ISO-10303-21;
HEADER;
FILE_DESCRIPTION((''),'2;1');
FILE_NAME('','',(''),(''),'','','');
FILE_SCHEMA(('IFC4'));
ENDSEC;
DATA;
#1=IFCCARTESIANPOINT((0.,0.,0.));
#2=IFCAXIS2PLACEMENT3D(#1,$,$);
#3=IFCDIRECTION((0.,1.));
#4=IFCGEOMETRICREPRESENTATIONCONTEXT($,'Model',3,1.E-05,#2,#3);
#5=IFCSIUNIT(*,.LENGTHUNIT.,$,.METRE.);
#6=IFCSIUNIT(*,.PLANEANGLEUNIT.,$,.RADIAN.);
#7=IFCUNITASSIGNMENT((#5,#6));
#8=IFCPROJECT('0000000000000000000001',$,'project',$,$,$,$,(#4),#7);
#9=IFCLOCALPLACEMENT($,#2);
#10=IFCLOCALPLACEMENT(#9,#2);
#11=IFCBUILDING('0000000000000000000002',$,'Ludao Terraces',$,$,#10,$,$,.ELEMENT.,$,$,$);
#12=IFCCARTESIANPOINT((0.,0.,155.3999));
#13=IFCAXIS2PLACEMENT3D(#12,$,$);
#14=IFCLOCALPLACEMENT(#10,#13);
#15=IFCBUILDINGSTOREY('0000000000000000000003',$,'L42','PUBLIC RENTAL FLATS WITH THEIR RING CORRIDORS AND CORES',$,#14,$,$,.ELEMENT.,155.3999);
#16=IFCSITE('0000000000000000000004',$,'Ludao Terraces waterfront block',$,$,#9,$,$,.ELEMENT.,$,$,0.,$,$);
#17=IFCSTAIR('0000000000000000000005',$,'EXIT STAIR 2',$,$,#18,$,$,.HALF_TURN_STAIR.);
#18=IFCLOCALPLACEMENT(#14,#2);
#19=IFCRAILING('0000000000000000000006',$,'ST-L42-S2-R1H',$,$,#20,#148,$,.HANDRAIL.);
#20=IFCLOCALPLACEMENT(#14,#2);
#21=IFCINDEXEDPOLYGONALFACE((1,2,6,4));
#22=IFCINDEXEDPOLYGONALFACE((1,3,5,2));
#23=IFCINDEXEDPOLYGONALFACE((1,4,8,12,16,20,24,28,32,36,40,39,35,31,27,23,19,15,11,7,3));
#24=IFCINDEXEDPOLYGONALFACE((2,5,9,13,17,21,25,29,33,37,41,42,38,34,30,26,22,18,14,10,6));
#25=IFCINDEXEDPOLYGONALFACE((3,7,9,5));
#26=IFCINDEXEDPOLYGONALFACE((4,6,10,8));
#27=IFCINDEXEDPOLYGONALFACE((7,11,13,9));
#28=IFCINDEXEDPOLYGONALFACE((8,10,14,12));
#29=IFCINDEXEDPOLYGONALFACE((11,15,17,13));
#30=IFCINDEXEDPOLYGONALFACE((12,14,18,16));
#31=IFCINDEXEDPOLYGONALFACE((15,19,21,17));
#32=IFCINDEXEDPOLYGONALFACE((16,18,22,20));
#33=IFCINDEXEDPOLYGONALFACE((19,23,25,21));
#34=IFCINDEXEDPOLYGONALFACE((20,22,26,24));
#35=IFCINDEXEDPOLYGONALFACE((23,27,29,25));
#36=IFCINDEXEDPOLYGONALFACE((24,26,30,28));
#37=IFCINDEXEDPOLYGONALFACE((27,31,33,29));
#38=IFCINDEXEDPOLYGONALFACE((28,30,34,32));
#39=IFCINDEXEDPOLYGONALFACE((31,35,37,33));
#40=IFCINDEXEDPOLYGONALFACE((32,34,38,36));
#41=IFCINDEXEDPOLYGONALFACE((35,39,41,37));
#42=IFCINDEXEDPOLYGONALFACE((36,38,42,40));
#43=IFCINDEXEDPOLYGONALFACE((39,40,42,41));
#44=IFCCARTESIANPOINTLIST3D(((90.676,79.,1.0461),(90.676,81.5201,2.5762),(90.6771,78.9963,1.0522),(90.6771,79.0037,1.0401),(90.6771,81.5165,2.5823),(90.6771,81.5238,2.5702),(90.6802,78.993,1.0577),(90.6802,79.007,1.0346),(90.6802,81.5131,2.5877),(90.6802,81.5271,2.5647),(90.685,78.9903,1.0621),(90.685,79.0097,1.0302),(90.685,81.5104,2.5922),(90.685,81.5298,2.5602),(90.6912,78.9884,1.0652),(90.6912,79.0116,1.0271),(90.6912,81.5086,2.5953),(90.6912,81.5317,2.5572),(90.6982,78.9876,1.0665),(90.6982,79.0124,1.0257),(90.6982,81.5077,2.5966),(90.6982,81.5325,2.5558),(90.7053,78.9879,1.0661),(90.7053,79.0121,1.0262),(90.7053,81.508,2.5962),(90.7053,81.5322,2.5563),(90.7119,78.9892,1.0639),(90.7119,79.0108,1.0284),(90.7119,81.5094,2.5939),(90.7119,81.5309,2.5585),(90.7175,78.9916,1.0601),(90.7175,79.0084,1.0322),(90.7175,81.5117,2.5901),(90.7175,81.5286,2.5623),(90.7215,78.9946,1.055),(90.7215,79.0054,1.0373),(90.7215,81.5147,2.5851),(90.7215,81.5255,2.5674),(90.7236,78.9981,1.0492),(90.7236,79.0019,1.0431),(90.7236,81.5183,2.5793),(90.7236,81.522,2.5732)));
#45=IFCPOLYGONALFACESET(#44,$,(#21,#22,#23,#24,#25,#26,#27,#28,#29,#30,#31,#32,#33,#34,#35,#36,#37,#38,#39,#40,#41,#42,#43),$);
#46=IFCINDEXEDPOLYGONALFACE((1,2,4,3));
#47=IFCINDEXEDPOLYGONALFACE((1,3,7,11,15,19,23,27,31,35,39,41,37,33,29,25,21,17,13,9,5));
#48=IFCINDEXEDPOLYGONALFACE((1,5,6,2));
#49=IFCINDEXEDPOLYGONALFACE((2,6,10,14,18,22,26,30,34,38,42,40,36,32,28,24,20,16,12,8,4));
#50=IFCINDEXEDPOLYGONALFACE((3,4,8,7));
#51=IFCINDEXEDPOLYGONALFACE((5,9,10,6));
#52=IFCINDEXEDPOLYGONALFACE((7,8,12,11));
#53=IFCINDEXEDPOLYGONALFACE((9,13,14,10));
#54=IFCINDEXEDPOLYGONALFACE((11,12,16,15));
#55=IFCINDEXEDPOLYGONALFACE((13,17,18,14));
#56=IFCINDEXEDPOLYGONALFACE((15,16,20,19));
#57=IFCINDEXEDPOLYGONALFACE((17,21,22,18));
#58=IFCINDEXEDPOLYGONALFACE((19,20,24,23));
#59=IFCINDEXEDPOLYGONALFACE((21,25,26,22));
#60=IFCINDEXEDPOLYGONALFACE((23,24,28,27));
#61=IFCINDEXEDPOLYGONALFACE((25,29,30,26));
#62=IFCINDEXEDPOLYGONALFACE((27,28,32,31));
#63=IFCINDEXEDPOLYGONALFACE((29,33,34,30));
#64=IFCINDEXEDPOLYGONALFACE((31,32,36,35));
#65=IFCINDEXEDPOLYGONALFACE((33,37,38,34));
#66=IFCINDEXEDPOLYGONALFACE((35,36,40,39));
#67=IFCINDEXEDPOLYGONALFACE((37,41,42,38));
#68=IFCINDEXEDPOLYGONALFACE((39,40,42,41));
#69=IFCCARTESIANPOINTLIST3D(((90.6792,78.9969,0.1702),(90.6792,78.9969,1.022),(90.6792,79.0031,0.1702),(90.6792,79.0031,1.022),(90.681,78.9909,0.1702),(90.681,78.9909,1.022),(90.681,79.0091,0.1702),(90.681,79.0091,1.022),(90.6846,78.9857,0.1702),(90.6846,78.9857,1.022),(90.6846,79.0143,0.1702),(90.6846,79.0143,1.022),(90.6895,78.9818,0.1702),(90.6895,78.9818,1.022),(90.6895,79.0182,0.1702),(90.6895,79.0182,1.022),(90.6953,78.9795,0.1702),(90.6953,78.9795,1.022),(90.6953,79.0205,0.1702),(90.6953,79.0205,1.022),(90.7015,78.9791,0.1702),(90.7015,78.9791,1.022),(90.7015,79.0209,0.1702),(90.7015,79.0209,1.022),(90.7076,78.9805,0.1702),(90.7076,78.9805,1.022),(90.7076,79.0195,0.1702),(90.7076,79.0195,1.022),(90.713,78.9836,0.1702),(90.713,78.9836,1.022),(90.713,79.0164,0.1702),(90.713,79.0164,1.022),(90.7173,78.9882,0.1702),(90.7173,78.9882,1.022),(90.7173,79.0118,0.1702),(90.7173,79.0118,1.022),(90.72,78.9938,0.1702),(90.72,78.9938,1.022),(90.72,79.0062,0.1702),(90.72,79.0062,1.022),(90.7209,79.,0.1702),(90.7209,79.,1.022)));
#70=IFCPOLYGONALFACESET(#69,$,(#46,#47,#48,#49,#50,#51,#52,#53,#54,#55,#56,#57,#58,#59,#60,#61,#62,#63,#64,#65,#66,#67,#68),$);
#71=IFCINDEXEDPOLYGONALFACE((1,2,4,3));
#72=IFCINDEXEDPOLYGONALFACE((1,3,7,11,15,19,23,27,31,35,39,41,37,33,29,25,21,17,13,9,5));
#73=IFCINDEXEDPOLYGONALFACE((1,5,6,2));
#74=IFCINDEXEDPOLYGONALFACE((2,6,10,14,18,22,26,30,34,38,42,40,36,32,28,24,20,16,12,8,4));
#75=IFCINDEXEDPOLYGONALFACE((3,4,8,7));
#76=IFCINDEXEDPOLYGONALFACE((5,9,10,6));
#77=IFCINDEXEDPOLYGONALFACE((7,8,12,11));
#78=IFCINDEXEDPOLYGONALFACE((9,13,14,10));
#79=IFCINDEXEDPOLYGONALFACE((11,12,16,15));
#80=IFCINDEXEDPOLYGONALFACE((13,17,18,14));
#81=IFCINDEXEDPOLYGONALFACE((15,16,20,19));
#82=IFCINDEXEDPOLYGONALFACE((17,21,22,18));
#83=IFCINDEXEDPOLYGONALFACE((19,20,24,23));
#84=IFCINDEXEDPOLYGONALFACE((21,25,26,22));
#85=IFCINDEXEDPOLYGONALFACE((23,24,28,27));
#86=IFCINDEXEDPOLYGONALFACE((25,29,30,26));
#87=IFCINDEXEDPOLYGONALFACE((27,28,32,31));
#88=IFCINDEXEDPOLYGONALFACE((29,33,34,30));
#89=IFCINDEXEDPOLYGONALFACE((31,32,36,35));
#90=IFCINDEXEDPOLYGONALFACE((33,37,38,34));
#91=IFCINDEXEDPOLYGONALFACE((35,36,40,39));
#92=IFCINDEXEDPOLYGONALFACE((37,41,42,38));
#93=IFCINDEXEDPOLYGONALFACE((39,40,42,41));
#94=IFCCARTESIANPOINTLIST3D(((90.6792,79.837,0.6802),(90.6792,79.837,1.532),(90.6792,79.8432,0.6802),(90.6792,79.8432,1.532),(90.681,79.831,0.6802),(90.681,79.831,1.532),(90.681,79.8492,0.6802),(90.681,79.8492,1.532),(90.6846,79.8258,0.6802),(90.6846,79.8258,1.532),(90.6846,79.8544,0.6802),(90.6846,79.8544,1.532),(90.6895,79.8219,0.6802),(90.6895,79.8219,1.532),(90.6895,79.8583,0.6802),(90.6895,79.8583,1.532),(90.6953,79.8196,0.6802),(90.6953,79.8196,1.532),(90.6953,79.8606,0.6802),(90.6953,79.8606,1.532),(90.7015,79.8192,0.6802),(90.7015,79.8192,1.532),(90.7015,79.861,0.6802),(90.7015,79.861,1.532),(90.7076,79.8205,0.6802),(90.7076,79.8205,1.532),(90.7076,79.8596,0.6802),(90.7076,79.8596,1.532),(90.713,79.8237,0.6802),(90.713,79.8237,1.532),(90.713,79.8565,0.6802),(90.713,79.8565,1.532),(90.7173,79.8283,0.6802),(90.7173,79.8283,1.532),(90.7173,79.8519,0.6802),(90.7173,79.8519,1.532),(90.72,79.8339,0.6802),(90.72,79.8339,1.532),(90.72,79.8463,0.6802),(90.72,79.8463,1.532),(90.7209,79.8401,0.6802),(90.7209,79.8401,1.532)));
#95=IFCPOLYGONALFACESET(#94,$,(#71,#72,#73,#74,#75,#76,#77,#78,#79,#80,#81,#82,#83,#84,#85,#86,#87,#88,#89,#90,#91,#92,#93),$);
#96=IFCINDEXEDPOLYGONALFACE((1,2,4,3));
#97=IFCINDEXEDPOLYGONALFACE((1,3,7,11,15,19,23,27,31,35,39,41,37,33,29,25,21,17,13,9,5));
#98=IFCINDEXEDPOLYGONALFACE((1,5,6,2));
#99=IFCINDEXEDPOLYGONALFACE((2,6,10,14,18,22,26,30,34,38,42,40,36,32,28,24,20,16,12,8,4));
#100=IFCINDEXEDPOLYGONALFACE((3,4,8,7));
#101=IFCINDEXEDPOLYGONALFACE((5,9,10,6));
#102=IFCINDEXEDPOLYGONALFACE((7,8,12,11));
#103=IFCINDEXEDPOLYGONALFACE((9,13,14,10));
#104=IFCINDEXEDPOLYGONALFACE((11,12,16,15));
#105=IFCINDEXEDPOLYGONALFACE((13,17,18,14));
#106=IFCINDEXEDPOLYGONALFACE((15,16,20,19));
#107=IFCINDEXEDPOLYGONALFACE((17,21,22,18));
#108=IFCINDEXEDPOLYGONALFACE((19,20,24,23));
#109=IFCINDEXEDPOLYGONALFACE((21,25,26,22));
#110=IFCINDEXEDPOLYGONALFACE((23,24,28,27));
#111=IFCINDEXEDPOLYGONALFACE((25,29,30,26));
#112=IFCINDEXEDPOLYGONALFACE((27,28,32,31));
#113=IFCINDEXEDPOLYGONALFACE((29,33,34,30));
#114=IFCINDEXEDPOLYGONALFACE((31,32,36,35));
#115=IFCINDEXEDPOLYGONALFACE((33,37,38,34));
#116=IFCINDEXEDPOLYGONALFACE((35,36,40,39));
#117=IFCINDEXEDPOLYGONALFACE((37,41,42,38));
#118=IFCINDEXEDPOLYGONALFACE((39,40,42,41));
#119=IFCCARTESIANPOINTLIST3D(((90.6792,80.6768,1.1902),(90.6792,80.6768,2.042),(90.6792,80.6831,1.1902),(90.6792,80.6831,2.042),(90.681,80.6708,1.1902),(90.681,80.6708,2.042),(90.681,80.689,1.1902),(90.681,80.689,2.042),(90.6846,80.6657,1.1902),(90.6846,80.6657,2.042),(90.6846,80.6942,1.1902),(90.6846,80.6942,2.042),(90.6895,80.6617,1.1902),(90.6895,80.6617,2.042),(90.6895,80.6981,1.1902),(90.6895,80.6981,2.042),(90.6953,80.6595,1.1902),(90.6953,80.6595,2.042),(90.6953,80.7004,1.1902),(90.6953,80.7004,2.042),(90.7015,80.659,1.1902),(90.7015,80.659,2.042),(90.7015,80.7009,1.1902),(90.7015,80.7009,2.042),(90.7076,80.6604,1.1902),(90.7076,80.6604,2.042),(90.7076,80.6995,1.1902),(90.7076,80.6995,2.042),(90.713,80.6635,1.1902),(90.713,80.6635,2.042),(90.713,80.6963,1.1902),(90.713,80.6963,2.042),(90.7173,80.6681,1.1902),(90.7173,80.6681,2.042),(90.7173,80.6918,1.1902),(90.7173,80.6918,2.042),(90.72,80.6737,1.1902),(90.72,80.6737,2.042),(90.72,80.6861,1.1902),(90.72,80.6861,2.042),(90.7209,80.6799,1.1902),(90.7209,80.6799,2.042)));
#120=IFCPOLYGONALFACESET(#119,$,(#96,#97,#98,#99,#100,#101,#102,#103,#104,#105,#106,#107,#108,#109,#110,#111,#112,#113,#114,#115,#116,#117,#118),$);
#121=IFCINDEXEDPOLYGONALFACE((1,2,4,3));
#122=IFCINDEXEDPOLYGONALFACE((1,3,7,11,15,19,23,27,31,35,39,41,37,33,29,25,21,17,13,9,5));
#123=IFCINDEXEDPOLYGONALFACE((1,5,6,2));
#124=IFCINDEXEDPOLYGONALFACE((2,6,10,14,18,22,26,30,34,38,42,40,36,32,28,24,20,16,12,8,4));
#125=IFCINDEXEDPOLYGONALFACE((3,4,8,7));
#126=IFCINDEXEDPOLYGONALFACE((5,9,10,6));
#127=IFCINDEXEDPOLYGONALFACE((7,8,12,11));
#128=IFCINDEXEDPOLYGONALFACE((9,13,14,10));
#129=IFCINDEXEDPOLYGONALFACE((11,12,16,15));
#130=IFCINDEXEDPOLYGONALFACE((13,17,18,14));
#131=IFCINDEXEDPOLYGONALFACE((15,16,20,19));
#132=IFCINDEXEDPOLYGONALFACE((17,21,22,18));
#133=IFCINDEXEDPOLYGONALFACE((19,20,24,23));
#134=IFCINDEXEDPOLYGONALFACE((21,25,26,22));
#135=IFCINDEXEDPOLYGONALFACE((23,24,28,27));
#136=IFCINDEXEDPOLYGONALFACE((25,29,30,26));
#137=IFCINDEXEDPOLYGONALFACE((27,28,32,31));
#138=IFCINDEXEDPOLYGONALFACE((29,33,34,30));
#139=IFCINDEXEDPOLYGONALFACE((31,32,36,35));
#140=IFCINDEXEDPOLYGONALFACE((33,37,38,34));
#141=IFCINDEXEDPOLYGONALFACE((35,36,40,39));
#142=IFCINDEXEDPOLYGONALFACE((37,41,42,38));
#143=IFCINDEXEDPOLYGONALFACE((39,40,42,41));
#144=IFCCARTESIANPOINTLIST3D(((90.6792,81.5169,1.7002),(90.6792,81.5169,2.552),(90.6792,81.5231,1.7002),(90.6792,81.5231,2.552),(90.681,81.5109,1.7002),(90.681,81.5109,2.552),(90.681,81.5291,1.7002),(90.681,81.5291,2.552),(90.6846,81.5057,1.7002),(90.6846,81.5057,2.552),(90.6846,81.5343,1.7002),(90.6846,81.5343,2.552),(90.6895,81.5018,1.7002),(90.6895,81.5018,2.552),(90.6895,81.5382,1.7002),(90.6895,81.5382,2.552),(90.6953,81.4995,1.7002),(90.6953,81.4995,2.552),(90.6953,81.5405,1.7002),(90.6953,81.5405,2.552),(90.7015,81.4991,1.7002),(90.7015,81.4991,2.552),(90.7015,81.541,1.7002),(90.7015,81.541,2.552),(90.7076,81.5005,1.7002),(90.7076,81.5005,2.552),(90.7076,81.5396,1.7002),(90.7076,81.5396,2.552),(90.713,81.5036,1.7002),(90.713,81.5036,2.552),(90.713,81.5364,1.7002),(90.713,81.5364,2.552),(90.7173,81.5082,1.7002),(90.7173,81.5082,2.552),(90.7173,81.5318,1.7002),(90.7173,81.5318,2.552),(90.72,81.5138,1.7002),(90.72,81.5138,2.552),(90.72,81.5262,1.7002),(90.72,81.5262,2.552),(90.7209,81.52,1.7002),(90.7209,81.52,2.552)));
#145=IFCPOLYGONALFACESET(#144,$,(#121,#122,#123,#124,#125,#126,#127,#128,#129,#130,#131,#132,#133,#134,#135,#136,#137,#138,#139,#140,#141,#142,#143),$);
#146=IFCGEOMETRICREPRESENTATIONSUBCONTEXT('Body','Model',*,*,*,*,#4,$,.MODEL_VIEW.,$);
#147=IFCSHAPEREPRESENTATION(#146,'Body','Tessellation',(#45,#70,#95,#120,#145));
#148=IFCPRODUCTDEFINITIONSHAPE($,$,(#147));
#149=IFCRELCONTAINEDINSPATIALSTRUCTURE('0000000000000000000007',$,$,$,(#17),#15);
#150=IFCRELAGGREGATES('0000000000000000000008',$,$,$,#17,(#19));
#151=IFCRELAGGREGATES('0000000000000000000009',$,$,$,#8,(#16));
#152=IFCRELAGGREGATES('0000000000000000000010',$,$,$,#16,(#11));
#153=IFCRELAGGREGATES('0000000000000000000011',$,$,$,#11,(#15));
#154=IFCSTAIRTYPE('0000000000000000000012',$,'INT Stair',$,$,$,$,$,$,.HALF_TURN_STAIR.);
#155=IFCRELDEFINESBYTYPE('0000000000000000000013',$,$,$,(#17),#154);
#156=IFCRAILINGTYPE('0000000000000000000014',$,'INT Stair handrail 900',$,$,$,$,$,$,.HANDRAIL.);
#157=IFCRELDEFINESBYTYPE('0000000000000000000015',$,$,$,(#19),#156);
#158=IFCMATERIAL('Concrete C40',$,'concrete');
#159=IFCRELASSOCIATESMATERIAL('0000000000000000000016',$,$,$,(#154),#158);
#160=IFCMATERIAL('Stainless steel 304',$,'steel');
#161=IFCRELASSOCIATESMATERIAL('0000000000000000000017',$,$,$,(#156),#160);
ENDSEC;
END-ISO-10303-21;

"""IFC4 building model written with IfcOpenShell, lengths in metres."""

from ifc_helpers import new_model, si_unit, direction, frame, origin, origin_2d, place, context, subcontext, project, spatial, circle, extrude, material, type_object, element, aggregate, save


model = new_model("IFC4")

# Units and contexts
model_context = context("Model", 3, precision=1e-05, world=origin(), true_north=direction((0.0, 1.0)))
body_context = subcontext(model_context, "Body", "Model", "MODEL_VIEW")
ifc_project = project(units=[si_unit("LENGTHUNIT", "METRE"), si_unit("PLANEANGLEUNIT", "RADIAN")], contexts=[model_context])

# Site, building, storey
site_placement = place(None, origin())
site = spatial("IfcSite", under=ifc_project, at=site_placement, Name="Ludao Terraces waterfront block", CompositionType="ELEMENT", RefElevation=0.0)
building_placement = place(site_placement, origin())
building = spatial("IfcBuilding", under=site, at=building_placement, Name="Ludao Terraces", CompositionType="ELEMENT")
storey_placement = place(building_placement, frame((0.0, 0.0, 155.3999)))
storey = spatial("IfcBuildingStorey", under=building, at=storey_placement, Name="L42", Description="PUBLIC RENTAL FLATS WITH THEIR RING CORRIDORS AND CORES", CompositionType="ELEMENT", Elevation=155.3999)

# Shared definitions
ifc_material_1 = material(Name="Concrete C40", Category="concrete")

# Shared definitions
ifc_material_2 = material(Name="Stainless steel 304", Category="steel")

# Stair, railing
stair_type = type_object("IfcStairType", Name="INT Stair", PredefinedType="HALF_TURN_STAIR", material=ifc_material_1)
stair_placement = place(storey_placement, origin())
stair = element("IfcStair", 1, at=stair_placement, inside=storey, type_object=stair_type, Name="EXIT STAIR 2", PredefinedType="HALF_TURN_STAIR")
railing_type_1 = type_object("IfcRailingType", Name="INT Stair handrail 900", PredefinedType="HANDRAIL", material=ifc_material_2)
railing_1_placement = place(storey_placement, frame((90.7, 79.0, 0.1702)))
railing_1 = element("IfcRailing", 2, at=railing_1_placement, type_object=railing_type_1, Name="ST-L42-S2-R1H", PredefinedType="HANDRAIL", context=body_context, shape_type="SweptSolid", body=[
    extrude(circle(Radius=0.0239, at=origin_2d()), frame((0.0, 0.0, 0.876), z_axis=(0.0, 0.854785, 0.518982), x_axis=(-1.0, 0.0, 0.0)), (0.0, 0.0, 1.0), 2.9482),
    extrude(circle(Radius=0.021, at=origin_2d()), origin(), (0.0, 0.0, 1.0), 0.8518),
    extrude(circle(Radius=0.021, at=origin_2d()), frame((0.0, 0.8401, 0.51)), (0.0, 0.0, 1.0), 0.8518),
    extrude(circle(Radius=0.021, at=origin_2d()), frame((0.0, 1.6799, 1.02)), (0.0, 0.0, 1.0), 0.8518),
    extrude(circle(Radius=0.021, at=origin_2d()), frame((0.0, 2.52, 1.53)), (0.0, 0.0, 1.0), 0.8518),
])
aggregate(stair, [railing_1])

save(model, "model.ifc")
